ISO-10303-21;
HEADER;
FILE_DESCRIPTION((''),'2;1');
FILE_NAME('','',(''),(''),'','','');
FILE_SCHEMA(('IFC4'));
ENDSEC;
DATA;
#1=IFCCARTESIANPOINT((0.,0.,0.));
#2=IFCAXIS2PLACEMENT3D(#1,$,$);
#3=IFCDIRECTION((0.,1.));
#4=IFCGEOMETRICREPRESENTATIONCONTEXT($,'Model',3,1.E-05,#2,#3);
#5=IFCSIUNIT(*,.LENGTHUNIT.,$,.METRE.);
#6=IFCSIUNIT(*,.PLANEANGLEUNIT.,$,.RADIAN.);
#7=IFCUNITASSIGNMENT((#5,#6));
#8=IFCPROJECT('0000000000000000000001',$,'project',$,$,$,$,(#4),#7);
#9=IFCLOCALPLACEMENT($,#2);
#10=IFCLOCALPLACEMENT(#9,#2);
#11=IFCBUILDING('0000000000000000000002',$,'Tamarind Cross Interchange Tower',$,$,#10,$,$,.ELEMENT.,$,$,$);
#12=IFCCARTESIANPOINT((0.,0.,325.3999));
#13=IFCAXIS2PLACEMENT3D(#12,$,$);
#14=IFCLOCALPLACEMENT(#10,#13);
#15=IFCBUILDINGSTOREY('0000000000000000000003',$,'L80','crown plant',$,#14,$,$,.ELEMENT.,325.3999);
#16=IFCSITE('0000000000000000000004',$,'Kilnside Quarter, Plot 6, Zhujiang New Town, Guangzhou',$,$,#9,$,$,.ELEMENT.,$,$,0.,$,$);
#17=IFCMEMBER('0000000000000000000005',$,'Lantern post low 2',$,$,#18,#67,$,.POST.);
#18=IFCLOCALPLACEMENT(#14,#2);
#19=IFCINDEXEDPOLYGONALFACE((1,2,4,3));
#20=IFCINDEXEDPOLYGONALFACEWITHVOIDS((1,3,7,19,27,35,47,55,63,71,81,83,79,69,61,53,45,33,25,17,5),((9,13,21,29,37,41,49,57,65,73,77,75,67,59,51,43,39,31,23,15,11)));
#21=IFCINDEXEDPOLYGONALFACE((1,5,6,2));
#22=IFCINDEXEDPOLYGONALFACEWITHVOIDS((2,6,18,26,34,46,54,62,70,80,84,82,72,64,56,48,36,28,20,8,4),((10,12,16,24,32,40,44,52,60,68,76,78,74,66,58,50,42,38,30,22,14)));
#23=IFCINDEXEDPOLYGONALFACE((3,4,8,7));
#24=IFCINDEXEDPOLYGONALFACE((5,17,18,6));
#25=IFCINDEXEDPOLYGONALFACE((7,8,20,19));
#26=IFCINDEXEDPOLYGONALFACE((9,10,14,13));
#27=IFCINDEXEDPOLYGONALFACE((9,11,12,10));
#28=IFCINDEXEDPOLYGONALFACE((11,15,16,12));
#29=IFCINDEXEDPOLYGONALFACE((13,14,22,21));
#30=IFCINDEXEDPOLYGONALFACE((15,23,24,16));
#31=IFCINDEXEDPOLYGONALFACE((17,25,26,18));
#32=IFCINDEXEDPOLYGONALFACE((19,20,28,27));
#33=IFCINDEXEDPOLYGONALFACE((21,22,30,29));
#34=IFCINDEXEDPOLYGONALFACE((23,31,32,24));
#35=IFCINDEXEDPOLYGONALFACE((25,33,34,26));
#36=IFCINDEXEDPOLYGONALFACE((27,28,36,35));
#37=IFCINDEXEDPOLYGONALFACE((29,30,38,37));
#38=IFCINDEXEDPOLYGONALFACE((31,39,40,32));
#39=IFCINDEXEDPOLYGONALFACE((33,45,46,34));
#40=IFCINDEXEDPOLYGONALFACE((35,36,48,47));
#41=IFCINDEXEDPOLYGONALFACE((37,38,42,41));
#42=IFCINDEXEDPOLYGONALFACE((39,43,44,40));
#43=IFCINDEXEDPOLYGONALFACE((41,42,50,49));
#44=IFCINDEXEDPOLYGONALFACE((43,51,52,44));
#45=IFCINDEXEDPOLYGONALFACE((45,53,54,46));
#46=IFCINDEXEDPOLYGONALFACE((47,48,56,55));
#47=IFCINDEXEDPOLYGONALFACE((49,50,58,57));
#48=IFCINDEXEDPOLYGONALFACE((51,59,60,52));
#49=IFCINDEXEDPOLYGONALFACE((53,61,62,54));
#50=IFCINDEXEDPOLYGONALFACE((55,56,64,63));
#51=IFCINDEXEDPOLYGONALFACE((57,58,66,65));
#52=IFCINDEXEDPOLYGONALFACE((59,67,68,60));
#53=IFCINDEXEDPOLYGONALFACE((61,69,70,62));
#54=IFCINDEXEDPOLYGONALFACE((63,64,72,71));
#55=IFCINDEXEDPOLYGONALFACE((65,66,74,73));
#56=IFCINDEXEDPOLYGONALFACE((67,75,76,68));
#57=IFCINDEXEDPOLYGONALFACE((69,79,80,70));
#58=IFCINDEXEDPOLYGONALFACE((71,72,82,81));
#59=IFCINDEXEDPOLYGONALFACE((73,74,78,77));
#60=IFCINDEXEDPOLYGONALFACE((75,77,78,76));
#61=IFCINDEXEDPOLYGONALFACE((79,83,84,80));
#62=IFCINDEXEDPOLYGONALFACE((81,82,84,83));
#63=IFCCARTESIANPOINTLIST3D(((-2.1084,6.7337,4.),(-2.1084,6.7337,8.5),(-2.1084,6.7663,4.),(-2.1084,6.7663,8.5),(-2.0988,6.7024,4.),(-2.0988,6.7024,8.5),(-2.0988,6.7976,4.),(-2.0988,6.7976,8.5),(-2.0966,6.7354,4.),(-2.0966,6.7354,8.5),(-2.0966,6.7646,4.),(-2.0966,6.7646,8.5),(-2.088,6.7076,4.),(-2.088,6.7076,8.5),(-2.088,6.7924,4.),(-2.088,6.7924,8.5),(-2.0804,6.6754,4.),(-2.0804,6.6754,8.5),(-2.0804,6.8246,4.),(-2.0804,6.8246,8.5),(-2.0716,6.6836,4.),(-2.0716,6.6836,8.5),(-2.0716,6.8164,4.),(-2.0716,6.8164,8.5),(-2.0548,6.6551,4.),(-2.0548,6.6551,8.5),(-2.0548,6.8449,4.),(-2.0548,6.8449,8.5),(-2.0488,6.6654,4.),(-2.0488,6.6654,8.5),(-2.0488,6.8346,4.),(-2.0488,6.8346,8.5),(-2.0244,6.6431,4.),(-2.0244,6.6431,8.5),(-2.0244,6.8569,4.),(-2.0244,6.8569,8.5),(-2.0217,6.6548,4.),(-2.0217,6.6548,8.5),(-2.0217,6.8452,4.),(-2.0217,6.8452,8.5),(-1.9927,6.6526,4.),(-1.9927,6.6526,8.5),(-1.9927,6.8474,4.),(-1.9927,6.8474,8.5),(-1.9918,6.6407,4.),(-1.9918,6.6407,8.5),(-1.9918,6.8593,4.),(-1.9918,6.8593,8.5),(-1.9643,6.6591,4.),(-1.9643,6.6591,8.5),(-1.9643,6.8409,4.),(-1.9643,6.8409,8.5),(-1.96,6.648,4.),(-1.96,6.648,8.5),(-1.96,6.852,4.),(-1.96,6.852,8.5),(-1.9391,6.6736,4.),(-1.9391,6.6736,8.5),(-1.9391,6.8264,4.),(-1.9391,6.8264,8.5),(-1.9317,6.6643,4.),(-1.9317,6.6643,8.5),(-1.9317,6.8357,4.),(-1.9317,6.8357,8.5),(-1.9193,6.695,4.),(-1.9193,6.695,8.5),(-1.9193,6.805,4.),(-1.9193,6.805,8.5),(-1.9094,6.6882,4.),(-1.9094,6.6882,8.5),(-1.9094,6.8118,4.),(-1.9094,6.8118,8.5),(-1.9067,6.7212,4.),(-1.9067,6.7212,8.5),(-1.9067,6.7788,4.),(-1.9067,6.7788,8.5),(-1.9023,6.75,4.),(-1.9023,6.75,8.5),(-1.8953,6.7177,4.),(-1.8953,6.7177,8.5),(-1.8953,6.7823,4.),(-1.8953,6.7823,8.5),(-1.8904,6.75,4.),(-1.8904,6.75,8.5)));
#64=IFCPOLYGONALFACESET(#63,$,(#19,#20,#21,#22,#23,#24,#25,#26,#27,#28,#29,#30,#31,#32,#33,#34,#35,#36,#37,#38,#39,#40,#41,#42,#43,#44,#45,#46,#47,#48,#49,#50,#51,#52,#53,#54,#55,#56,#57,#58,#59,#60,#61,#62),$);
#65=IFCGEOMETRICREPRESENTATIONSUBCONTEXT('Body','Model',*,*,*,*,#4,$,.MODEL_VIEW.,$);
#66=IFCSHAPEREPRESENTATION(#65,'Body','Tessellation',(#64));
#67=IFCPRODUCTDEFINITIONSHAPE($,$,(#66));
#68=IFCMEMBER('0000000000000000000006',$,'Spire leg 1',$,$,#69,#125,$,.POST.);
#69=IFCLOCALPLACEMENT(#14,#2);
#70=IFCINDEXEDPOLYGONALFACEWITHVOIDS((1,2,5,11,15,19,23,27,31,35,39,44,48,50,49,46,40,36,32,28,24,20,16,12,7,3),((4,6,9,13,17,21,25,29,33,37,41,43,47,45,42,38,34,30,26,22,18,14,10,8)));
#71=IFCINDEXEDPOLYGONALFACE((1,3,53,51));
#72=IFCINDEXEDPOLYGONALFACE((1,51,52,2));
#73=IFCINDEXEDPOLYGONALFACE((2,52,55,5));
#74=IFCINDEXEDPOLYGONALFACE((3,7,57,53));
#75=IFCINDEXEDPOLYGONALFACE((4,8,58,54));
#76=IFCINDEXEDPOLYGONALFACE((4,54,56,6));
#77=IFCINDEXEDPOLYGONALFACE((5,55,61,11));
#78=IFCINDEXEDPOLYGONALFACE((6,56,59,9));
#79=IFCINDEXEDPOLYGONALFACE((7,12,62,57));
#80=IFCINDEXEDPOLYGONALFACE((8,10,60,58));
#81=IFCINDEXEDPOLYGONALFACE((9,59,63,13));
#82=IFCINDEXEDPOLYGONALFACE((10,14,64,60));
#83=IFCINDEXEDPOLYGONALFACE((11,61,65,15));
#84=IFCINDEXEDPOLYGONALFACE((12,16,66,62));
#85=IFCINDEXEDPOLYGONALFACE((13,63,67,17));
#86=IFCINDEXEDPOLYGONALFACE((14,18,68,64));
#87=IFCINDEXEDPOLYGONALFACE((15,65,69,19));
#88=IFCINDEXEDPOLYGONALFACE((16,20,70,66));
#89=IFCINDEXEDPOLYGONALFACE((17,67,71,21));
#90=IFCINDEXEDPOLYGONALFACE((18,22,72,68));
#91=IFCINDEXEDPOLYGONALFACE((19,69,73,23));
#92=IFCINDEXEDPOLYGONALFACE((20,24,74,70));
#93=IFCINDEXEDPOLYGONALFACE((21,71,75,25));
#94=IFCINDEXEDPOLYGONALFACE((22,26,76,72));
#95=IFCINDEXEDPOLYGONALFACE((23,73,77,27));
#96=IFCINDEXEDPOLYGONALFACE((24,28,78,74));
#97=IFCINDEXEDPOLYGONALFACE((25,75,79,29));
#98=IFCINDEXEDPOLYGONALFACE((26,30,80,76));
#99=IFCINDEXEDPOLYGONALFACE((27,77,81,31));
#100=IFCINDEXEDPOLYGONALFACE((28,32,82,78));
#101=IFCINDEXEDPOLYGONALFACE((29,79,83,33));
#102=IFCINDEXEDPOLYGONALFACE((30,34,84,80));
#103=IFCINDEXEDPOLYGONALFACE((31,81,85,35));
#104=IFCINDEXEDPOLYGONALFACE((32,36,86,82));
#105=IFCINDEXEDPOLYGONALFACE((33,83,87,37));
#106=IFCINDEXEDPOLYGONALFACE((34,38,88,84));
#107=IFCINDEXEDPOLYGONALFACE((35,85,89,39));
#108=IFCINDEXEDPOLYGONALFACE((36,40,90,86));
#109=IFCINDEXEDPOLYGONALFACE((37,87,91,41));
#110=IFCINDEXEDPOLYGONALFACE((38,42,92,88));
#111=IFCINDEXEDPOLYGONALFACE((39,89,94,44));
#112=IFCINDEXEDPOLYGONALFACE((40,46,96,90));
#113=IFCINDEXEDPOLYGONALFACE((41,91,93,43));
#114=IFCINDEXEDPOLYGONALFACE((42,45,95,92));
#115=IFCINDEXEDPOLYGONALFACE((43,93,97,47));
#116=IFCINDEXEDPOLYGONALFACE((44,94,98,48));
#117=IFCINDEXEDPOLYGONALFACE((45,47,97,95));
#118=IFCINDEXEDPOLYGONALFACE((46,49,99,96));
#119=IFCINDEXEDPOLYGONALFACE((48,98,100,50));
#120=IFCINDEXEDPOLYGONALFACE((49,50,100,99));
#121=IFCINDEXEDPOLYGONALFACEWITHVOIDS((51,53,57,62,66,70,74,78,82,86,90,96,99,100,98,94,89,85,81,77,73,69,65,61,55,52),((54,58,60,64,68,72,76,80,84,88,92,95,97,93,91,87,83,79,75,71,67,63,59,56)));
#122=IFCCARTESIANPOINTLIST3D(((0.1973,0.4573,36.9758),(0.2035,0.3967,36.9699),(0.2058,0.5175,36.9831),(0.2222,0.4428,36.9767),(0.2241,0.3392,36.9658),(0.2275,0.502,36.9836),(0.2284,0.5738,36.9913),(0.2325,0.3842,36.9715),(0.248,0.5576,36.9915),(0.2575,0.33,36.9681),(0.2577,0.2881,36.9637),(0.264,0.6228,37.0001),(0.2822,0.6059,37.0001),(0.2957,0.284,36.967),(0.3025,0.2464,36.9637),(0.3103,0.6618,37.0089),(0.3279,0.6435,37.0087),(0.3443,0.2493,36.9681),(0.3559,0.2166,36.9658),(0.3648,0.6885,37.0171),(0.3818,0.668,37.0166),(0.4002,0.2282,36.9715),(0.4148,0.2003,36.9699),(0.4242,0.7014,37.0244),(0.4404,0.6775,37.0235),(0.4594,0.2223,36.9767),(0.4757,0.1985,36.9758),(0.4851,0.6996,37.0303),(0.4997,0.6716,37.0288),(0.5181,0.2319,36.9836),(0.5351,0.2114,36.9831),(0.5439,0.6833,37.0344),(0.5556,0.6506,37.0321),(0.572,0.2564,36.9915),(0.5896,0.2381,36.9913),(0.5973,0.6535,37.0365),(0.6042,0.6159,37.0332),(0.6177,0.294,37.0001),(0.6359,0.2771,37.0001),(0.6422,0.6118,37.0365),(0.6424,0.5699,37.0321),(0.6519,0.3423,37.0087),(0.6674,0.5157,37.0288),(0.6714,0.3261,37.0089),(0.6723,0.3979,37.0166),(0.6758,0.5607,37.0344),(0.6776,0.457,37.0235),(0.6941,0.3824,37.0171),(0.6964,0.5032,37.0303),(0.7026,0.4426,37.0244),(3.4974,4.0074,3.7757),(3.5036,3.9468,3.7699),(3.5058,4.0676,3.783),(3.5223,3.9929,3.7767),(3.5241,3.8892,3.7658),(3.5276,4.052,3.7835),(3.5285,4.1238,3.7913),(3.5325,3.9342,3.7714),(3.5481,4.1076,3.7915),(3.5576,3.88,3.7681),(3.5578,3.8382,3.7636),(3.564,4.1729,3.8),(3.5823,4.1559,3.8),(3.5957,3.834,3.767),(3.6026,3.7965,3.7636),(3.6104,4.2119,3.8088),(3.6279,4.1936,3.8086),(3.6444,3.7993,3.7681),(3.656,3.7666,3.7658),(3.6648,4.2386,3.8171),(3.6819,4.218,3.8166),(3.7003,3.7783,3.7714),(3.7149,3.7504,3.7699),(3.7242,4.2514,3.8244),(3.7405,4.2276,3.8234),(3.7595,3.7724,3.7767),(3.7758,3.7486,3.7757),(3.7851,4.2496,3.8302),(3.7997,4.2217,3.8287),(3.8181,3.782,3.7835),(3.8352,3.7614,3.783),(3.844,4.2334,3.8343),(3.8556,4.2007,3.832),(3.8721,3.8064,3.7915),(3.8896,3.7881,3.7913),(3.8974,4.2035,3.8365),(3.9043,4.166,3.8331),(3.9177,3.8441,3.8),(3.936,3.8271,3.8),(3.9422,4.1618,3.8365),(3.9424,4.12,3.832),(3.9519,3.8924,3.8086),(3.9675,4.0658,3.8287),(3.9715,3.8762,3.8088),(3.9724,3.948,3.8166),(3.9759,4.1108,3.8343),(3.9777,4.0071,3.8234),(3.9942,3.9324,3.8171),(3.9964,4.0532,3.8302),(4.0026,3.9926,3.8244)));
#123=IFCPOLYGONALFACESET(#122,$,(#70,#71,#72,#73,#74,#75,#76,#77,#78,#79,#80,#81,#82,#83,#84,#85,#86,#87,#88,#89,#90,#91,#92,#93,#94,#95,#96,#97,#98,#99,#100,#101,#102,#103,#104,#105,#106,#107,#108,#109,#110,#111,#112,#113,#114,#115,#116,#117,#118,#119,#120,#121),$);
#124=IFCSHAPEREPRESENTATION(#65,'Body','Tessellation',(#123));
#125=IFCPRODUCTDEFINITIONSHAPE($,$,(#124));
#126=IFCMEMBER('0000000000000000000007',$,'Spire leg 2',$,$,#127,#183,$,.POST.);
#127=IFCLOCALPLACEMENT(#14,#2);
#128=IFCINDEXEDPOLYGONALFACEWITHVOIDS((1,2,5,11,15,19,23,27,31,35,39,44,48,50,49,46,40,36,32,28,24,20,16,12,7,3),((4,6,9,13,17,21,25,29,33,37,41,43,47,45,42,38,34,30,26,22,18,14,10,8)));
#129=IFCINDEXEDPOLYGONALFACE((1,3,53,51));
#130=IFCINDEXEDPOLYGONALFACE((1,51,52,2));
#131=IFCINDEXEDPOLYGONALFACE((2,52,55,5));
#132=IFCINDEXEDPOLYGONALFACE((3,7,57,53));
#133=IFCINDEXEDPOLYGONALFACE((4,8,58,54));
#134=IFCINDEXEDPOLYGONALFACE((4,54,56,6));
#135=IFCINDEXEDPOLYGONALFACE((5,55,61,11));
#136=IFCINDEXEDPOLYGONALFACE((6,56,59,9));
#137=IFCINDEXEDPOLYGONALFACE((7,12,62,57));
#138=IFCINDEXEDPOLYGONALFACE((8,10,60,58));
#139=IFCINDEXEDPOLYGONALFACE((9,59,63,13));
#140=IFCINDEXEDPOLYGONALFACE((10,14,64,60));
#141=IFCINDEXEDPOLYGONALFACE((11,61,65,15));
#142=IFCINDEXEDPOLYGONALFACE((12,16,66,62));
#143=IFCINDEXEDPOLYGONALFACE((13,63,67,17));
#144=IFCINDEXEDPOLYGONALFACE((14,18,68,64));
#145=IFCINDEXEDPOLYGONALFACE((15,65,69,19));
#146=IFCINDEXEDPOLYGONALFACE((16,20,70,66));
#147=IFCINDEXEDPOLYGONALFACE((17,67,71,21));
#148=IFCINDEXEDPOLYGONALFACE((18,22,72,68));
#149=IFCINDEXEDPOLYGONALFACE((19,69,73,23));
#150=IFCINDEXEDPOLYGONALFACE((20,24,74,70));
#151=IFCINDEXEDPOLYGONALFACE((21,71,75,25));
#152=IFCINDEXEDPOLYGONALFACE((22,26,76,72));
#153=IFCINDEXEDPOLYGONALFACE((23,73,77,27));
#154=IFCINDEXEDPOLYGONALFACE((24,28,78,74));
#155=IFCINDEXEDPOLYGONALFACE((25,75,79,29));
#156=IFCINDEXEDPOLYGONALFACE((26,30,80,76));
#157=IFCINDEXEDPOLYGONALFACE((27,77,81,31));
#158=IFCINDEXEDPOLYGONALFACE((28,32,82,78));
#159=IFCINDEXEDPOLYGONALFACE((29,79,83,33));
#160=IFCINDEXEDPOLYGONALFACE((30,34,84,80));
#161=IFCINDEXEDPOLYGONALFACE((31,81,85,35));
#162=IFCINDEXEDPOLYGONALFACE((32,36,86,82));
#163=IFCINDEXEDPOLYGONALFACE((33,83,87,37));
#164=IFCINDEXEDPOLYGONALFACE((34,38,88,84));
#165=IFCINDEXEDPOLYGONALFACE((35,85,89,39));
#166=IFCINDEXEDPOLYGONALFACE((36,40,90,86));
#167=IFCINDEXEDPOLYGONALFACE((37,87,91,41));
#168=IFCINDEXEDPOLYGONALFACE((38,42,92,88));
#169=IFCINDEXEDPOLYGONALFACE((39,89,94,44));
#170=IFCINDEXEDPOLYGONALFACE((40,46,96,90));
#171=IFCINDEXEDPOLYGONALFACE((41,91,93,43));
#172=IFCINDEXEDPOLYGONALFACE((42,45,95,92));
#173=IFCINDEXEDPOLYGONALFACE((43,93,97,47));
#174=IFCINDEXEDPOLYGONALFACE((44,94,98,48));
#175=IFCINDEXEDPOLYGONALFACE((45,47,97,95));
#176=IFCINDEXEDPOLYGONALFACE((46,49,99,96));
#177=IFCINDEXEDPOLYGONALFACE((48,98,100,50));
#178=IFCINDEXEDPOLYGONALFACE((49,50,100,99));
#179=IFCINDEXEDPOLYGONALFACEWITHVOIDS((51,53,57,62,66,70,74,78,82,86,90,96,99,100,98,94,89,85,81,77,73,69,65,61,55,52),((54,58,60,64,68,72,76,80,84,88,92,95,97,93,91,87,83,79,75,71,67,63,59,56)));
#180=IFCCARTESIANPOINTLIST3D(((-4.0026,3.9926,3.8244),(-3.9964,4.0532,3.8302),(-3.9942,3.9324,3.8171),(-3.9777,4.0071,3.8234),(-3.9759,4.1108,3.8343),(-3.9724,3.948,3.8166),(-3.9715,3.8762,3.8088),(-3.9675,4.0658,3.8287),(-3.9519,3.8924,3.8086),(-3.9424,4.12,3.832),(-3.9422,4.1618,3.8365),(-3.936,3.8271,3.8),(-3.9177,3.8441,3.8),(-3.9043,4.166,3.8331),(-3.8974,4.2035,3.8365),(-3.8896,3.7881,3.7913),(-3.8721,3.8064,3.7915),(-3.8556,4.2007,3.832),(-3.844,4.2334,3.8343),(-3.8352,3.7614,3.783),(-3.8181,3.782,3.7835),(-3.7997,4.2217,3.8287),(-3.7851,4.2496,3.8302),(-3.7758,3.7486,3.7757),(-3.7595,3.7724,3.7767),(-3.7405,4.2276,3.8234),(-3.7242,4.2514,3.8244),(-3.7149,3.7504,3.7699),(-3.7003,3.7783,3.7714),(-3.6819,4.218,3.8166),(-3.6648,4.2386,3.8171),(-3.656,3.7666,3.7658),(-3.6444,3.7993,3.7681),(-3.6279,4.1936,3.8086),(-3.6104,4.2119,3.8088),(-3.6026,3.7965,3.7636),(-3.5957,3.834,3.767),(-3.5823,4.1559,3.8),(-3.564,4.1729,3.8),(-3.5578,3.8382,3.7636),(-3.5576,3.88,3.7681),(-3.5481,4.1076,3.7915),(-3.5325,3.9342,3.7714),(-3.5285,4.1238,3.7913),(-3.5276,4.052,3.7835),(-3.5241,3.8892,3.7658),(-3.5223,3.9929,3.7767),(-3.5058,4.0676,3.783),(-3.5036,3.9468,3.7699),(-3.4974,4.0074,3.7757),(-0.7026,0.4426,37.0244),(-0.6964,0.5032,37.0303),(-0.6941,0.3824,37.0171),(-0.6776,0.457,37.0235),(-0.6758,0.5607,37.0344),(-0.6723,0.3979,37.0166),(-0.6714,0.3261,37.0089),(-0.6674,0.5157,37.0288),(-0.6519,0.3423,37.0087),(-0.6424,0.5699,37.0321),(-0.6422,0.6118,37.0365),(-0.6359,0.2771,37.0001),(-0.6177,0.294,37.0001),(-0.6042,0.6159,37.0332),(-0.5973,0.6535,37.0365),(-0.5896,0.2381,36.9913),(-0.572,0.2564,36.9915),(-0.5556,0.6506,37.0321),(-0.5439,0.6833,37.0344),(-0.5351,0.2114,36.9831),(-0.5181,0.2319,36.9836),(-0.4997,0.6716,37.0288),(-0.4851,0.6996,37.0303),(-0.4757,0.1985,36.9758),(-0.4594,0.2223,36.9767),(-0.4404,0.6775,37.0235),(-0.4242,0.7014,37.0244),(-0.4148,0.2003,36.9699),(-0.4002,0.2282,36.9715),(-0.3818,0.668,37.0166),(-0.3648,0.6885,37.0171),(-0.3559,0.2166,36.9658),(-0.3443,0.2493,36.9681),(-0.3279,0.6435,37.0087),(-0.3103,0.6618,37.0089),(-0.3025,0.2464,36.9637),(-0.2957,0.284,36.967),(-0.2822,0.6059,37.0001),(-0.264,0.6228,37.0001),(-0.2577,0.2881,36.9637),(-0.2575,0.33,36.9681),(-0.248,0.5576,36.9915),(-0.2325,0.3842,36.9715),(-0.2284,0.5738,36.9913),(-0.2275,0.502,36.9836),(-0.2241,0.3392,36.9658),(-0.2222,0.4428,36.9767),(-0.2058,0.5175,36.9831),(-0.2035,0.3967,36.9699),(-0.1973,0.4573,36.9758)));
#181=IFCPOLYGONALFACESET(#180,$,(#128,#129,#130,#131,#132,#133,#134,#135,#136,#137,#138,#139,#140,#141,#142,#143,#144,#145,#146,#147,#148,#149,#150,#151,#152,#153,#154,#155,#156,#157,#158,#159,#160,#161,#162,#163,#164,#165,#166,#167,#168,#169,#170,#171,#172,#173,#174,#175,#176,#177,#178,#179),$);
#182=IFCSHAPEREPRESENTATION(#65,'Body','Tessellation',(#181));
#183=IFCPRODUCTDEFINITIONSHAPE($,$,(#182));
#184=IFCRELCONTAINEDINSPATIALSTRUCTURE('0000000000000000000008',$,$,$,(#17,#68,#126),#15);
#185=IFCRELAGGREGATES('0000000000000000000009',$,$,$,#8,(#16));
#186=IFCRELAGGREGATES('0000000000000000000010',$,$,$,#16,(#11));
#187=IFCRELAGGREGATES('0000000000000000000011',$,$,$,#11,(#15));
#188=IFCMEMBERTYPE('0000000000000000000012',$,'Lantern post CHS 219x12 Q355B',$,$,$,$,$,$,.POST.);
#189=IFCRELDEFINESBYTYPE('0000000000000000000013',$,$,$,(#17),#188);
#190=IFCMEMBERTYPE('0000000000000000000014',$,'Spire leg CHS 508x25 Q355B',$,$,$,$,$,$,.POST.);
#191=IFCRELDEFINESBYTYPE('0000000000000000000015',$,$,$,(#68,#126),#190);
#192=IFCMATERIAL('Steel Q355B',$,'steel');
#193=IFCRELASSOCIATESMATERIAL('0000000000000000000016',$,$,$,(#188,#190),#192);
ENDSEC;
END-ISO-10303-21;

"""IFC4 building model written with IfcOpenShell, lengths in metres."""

from ifc_helpers import new_model, si_unit, direction, frame, origin, origin_2d, place, context, subcontext, project, spatial, hollow_circle, extrude, material, material_profile, profile_set, type_object, element, save


model = new_model("IFC4")

# Units and contexts
model_context = context("Model", 3, precision=1e-05, world=origin(), true_north=direction((0.0, 1.0)))
body_context = subcontext(model_context, "Body", "Model", "MODEL_VIEW")
ifc_project = project(units=[si_unit("LENGTHUNIT", "METRE"), si_unit("PLANEANGLEUNIT", "RADIAN")], contexts=[model_context])

# Site, building, storey
site_placement = place(None, origin())
site = spatial("IfcSite", under=ifc_project, at=site_placement, Name="Kilnside Quarter, Plot 6, Zhujiang New Town, Guangzhou", CompositionType="ELEMENT", RefElevation=0.0)
building_placement = place(site_placement, origin())
building = spatial("IfcBuilding", under=site, at=building_placement, Name="Tamarind Cross Interchange Tower", CompositionType="ELEMENT")
storey_placement = place(building_placement, frame((0.0, 0.0, 325.3999)))
storey = spatial("IfcBuildingStorey", under=building, at=storey_placement, Name="L80", Description="crown plant", CompositionType="ELEMENT", Elevation=325.3999)

# Shared definitions
ifc_material_1 = material(Name="Steel Q355B", Category="steel")

# Members
ifc_material_profile_1 = material_profile(ifc_material_1, hollow_circle(Radius=0.1096, WallThickness=0.012, at=origin_2d()), Name="CHS 219x12")
ifc_profile_set_1 = profile_set([ifc_material_profile_1], Name="Steel Q355B")
member_type_1 = type_object("IfcMemberType", Name="Lantern post CHS 219x12 Q355B", PredefinedType="POST", material=ifc_profile_set_1)
for number, where, z_axis, x_axis, name in (
    (1, (-2.0, 6.75, 4.0), (0.0, 0.0, 1.0), (1.0, 0.0, 0.0), "Lantern post low 2"),
):
    element("IfcMember", number, at=place(storey_placement, frame(where, z_axis=z_axis, x_axis=x_axis)), inside=storey, type_object=member_type_1, Name=name, PredefinedType="POST", context=body_context, shape_type="SweptSolid", body=[
        extrude(hollow_circle(Radius=0.1096, WallThickness=0.012, at=origin_2d()), origin(), (0.0, 0.0, 1.0), 4.5),
    ])
ifc_material_profile_2 = material_profile(ifc_material_1, hollow_circle(Radius=0.2539, WallThickness=0.0249, at=origin_2d()), Name="CHS 508x25")
ifc_profile_set_2 = profile_set([ifc_material_profile_2], Name="Steel Q355B")
member_type_2 = type_object("IfcMemberType", Name="Spire leg CHS 508x25 Q355B", PredefinedType="POST", material=ifc_profile_set_2)
for number, where, z_axis, x_axis, name in (
    (2, (3.75, 4.0, 3.8), (-0.098357, -0.105808, 0.98951), (0.732426, -0.680847, 0.0), "Spire leg 1"),
    (3, (-3.75, 4.0, 3.8), (0.098357, -0.105808, 0.98951), (0.732426, 0.680847, 0.0), "Spire leg 2"),
):
    element("IfcMember", number, at=place(storey_placement, frame(where, z_axis=z_axis, x_axis=x_axis)), inside=storey, type_object=member_type_2, Name=name, PredefinedType="POST", context=body_context, shape_type="SweptSolid", body=[
        extrude(hollow_circle(Radius=0.2539, WallThickness=0.0249, at=origin_2d()), origin(), (0.0, 0.0, 1.0), 33.552),
    ])

save(model, "model.ifc")
